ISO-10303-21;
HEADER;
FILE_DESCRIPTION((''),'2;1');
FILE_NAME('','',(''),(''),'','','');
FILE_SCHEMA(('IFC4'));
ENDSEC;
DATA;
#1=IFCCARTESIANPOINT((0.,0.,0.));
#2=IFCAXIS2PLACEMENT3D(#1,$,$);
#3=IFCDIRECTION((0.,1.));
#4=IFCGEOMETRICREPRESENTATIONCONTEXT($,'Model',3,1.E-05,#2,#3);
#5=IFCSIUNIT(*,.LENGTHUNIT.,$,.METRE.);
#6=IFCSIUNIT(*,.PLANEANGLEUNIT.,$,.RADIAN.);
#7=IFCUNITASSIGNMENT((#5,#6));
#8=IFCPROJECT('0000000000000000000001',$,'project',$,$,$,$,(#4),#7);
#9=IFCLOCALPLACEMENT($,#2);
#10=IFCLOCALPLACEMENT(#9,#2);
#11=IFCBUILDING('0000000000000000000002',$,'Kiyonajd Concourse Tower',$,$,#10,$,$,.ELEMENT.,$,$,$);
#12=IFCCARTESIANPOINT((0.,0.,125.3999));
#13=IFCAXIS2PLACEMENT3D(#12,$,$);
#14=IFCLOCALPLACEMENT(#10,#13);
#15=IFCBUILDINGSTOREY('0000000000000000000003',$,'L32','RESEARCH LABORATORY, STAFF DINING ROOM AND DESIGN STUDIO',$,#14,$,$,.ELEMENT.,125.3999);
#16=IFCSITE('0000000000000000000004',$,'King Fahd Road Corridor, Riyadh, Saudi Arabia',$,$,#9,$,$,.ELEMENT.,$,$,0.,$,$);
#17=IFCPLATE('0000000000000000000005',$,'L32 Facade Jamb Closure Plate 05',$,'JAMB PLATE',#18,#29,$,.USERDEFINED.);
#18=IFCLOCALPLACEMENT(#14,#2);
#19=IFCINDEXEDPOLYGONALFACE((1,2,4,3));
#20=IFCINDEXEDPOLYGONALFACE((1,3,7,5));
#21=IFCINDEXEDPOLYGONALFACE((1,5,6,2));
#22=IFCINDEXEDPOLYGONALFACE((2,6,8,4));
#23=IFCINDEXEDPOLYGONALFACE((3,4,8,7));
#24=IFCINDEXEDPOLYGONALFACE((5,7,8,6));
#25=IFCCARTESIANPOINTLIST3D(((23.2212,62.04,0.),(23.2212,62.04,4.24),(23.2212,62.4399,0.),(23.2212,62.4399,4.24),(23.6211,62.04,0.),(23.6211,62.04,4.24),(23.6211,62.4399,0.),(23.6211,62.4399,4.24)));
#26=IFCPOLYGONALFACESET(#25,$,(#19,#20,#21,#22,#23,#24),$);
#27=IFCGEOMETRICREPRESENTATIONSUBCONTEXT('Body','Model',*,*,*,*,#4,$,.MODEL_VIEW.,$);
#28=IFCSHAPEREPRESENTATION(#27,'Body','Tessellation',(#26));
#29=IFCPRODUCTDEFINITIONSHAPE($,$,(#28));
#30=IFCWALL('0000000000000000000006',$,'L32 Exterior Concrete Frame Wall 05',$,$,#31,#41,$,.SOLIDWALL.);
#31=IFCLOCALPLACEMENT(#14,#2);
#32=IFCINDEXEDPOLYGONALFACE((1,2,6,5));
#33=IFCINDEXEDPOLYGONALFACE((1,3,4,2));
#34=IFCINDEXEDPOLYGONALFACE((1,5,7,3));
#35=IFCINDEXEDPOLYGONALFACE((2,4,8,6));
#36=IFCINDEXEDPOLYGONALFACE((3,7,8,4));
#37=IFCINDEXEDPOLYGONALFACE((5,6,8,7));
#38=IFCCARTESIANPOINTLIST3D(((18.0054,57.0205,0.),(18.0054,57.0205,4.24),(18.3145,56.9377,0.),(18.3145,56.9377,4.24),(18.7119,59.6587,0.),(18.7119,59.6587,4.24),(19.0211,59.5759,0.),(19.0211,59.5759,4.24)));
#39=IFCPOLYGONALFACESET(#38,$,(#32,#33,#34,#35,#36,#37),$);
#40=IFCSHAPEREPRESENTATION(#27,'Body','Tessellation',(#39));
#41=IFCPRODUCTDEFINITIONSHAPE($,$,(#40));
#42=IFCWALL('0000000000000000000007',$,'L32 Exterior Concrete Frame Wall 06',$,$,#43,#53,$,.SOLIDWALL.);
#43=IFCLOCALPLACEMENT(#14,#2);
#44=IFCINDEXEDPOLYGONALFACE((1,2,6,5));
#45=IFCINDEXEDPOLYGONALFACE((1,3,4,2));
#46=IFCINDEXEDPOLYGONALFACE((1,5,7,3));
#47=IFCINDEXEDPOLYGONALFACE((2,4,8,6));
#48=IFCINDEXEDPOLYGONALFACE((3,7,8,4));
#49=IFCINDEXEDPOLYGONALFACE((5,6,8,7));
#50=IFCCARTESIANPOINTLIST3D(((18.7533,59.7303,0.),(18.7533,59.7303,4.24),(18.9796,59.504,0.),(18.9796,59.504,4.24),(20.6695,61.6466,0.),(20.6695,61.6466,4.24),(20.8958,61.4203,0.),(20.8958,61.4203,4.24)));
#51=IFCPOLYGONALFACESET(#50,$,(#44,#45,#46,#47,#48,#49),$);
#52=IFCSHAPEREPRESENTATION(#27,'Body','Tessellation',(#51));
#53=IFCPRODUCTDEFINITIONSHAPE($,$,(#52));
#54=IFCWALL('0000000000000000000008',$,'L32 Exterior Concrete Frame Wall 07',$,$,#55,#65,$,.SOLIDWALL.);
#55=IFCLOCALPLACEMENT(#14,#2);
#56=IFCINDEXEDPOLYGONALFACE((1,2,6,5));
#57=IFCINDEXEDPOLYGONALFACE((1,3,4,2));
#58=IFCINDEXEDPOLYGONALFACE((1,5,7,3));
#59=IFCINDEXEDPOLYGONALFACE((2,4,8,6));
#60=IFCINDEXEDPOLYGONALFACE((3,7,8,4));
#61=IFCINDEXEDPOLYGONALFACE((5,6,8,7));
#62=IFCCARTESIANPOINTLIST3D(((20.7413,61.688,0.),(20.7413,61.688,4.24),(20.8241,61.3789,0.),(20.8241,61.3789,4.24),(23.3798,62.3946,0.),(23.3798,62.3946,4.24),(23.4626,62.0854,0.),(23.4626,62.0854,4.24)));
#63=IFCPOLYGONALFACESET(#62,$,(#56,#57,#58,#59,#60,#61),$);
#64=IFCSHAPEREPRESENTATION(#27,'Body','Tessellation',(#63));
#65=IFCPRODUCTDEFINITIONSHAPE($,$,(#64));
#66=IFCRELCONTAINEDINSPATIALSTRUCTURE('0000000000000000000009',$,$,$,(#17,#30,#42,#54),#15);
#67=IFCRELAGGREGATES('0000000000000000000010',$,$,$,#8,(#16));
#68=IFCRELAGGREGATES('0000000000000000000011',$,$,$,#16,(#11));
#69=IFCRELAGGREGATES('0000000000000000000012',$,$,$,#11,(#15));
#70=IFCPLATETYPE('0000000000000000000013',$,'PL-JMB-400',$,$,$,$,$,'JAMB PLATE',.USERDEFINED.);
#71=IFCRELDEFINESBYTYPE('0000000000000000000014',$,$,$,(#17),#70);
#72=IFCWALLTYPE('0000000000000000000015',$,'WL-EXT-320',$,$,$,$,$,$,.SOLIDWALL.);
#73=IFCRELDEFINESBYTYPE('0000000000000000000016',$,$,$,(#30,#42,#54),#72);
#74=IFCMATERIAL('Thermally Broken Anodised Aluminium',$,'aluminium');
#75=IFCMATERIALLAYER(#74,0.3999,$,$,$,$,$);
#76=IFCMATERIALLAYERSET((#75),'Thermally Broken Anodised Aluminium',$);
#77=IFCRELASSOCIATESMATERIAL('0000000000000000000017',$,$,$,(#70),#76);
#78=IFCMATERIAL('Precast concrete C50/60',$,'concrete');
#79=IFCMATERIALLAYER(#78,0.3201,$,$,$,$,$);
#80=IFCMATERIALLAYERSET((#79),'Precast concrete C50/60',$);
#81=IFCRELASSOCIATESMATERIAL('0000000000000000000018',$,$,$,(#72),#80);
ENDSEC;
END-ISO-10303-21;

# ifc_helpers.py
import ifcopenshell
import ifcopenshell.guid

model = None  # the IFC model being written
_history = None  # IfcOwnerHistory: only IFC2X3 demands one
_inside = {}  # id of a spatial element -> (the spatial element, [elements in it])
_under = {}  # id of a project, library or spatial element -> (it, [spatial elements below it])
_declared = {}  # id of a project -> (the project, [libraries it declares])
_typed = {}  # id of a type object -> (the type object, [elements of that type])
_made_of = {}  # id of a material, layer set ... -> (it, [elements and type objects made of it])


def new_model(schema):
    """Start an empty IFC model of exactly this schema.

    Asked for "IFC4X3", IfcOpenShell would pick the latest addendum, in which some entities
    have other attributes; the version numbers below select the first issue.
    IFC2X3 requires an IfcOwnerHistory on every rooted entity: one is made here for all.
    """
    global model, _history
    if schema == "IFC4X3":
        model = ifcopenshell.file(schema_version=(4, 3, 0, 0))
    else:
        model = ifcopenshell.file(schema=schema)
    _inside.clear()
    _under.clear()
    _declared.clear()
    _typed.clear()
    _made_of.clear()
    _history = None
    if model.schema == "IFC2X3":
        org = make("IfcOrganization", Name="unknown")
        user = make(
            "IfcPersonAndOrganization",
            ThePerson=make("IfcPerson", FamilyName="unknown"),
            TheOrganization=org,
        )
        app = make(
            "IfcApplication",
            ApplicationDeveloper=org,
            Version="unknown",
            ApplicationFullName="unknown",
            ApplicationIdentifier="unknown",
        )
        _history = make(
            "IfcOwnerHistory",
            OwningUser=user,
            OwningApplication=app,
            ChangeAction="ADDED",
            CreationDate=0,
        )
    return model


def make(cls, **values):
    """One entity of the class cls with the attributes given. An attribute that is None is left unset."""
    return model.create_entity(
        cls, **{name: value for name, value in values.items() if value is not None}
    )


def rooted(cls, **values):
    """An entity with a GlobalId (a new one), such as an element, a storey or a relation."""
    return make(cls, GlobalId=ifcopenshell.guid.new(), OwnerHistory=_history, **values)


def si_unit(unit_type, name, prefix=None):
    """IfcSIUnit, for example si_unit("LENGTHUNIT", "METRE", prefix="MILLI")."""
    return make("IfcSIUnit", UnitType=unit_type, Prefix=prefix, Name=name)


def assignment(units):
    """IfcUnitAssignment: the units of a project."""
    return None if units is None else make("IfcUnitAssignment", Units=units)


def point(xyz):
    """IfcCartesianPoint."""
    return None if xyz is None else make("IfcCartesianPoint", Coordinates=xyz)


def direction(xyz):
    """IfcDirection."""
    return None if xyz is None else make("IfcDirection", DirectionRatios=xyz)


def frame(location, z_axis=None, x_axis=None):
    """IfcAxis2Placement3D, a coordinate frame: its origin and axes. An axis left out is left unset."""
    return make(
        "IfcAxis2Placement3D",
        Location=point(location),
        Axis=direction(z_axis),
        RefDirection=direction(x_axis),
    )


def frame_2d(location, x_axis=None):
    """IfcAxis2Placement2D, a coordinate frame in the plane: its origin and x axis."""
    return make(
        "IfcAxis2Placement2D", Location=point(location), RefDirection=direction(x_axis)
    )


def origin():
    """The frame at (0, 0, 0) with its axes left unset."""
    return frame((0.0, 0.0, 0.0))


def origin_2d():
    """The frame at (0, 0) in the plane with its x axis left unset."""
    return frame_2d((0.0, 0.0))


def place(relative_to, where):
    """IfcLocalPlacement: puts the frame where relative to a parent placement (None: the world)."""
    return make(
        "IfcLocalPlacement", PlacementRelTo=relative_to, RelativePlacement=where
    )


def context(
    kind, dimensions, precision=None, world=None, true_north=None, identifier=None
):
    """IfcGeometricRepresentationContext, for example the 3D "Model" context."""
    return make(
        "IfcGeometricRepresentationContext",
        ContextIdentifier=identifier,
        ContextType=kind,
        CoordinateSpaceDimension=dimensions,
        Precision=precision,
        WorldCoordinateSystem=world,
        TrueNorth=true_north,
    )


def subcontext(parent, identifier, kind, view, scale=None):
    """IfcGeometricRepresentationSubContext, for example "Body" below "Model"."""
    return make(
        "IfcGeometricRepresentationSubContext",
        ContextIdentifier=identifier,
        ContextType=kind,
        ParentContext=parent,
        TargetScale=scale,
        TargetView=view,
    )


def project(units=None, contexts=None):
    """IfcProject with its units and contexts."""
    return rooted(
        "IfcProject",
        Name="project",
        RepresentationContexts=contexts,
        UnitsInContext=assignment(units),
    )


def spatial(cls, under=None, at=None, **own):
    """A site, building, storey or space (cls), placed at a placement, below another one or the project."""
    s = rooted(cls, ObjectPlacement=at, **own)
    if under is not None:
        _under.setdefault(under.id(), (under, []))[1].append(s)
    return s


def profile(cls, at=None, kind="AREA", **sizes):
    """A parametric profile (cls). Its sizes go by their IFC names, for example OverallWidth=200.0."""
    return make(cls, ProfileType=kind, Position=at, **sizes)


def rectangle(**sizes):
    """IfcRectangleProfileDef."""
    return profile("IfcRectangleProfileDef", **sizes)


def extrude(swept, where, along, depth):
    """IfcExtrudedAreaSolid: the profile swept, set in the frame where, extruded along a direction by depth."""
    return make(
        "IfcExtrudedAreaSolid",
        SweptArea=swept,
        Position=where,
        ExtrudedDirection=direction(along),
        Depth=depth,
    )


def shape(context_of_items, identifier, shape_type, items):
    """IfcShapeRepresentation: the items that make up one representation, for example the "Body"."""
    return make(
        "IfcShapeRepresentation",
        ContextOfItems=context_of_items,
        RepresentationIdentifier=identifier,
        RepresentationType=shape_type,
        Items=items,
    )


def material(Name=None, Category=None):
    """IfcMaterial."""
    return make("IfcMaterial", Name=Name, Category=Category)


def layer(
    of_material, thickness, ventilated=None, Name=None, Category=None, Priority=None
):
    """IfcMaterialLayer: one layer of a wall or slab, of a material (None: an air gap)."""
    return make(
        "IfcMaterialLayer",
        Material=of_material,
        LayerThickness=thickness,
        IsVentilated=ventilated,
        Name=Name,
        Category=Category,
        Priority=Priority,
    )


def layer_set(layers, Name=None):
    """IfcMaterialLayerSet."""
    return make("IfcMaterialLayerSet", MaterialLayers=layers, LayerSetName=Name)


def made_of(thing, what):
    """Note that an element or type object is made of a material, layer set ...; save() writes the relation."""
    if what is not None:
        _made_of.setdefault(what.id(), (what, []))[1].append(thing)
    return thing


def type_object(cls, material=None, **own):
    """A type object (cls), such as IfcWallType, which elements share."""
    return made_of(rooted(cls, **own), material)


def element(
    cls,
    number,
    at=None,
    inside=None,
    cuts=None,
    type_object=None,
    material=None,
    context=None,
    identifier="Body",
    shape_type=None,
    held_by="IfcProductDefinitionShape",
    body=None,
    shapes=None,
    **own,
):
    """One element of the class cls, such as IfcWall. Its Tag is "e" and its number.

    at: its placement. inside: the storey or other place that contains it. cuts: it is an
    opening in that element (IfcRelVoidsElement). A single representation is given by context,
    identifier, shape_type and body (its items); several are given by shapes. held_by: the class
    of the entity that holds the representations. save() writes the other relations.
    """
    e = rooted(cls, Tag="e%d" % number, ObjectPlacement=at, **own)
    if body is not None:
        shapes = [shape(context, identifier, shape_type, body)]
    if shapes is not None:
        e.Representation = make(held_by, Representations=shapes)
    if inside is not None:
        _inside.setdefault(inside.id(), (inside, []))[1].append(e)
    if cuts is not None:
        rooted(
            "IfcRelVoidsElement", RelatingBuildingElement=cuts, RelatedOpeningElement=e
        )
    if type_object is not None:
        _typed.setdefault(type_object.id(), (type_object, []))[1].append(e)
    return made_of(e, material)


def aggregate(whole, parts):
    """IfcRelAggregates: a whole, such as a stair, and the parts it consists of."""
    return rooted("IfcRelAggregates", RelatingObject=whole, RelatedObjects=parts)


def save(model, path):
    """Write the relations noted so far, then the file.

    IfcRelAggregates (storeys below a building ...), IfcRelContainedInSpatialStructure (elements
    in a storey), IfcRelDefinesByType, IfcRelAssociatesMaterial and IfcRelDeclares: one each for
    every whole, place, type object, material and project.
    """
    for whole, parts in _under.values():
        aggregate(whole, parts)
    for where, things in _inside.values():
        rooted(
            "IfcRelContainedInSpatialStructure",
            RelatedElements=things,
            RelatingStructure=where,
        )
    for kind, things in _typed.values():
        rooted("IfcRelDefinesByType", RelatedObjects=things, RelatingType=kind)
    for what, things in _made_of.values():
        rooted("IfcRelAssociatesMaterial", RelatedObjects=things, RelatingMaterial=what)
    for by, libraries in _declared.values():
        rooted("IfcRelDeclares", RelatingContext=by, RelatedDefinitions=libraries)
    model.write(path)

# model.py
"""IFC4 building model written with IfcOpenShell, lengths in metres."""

from ifc_helpers import new_model, si_unit, direction, frame, frame_2d, origin, origin_2d, place, context, subcontext, project, spatial, rectangle, extrude, material, layer, layer_set, type_object, element, save


model = new_model("IFC4")

# Units and contexts
model_context = context("Model", 3, precision=1e-05, world=origin(), true_north=direction((0.0, 1.0)))
body_context = subcontext(model_context, "Body", "Model", "MODEL_VIEW")
ifc_project = project(units=[si_unit("LENGTHUNIT", "METRE"), si_unit("PLANEANGLEUNIT", "RADIAN")], contexts=[model_context])

# Site, building, storey
site_placement = place(None, origin())
site = spatial("IfcSite", under=ifc_project, at=site_placement, Name="King Fahd Road Corridor, Riyadh, Saudi Arabia", CompositionType="ELEMENT", RefElevation=0.0)
building_placement = place(site_placement, origin())
building = spatial("IfcBuilding", under=site, at=building_placement, Name="Kiyonajd Concourse Tower", CompositionType="ELEMENT")
storey_placement = place(building_placement, frame((0.0, 0.0, 125.3999)))
storey = spatial("IfcBuildingStorey", under=building, at=storey_placement, Name="L32", Description="RESEARCH LABORATORY, STAFF DINING ROOM AND DESIGN STUDIO", CompositionType="ELEMENT", Elevation=125.3999)

# Shared definitions
ifc_material_1 = material(Name="Thermally Broken Anodised Aluminium", Category="aluminium")

# Plate
ifc_layer_1 = layer(ifc_material_1, 0.3999)
ifc_layer_set_1 = layer_set([ifc_layer_1], Name="Thermally Broken Anodised Aluminium")
plate_type_1 = type_object("IfcPlateType", Name="PL-JMB-400", ElementType="JAMB PLATE", PredefinedType="USERDEFINED", material=ifc_layer_set_1)
for number, where, z_axis, x_axis, name in (
    (1, (23.4211, 62.24, 0.0), (0.0, 0.0, 1.0), (1.0, 0.0, 0.0), "L32 Facade Jamb Closure Plate 05"),
):
    element("IfcPlate", number, at=place(storey_placement, frame(where, z_axis=z_axis, x_axis=x_axis)), inside=storey, type_object=plate_type_1, Name=name, ObjectType="JAMB PLATE", PredefinedType="USERDEFINED", context=body_context, shape_type="SweptSolid", body=[
        extrude(rectangle(XDim=0.3999, YDim=0.3999, at=origin_2d()), origin(), (0.0, 0.0, 1.0), 4.24),
    ])

# Walls
ifc_material_2 = material(Name="Precast concrete C50/60", Category="concrete")
ifc_layer_2 = layer(ifc_material_2, 0.3201)
ifc_layer_set_2 = layer_set([ifc_layer_2], Name="Precast concrete C50/60")
wall_type = type_object("IfcWallType", Name="WL-EXT-320", PredefinedType="SOLIDWALL", material=ifc_layer_set_2)
wall_1_placement = place(storey_placement, frame((18.1599, 56.979, 0.0), z_axis=(0.0, 0.0, 1.0), x_axis=(0.258697, 0.965958, 0.0)))
element("IfcWall", 2, at=wall_1_placement, inside=storey, type_object=wall_type, Name="L32 Exterior Concrete Frame Wall 05", PredefinedType="SOLIDWALL", context=body_context, shape_type="SweptSolid", body=[
    extrude(rectangle(XDim=2.7312, YDim=0.3201, at=frame_2d((1.3657, 0.0))), origin(), (0.0, 0.0, 1.0), 4.24),
])
wall_2_placement = place(storey_placement, frame((18.8665, 59.6172, 0.0), z_axis=(0.0, 0.0, 1.0), x_axis=(0.707107, 0.707107, 0.0)))
element("IfcWall", 3, at=wall_2_placement, inside=storey, type_object=wall_type, Name="L32 Exterior Concrete Frame Wall 06", PredefinedType="SOLIDWALL", context=body_context, shape_type="SweptSolid", body=[
    extrude(rectangle(XDim=2.71, YDim=0.3201, at=frame_2d((1.355, 0.0))), origin(), (0.0, 0.0, 1.0), 4.24),
])
wall_3_placement = place(storey_placement, frame((20.7827, 61.5334, 0.0), z_axis=(0.0, 0.0, 1.0), x_axis=(0.965964, 0.258675, 0.0)))
element("IfcWall", 4, at=wall_3_placement, inside=storey, type_object=wall_type, Name="L32 Exterior Concrete Frame Wall 07", PredefinedType="SOLIDWALL", context=body_context, shape_type="SweptSolid", body=[
    extrude(rectangle(XDim=2.7314, YDim=0.3201, at=frame_2d((1.3657, 0.0))), origin(), (0.0, 0.0, 1.0), 4.24),
])

save(model, "model.ifc")
